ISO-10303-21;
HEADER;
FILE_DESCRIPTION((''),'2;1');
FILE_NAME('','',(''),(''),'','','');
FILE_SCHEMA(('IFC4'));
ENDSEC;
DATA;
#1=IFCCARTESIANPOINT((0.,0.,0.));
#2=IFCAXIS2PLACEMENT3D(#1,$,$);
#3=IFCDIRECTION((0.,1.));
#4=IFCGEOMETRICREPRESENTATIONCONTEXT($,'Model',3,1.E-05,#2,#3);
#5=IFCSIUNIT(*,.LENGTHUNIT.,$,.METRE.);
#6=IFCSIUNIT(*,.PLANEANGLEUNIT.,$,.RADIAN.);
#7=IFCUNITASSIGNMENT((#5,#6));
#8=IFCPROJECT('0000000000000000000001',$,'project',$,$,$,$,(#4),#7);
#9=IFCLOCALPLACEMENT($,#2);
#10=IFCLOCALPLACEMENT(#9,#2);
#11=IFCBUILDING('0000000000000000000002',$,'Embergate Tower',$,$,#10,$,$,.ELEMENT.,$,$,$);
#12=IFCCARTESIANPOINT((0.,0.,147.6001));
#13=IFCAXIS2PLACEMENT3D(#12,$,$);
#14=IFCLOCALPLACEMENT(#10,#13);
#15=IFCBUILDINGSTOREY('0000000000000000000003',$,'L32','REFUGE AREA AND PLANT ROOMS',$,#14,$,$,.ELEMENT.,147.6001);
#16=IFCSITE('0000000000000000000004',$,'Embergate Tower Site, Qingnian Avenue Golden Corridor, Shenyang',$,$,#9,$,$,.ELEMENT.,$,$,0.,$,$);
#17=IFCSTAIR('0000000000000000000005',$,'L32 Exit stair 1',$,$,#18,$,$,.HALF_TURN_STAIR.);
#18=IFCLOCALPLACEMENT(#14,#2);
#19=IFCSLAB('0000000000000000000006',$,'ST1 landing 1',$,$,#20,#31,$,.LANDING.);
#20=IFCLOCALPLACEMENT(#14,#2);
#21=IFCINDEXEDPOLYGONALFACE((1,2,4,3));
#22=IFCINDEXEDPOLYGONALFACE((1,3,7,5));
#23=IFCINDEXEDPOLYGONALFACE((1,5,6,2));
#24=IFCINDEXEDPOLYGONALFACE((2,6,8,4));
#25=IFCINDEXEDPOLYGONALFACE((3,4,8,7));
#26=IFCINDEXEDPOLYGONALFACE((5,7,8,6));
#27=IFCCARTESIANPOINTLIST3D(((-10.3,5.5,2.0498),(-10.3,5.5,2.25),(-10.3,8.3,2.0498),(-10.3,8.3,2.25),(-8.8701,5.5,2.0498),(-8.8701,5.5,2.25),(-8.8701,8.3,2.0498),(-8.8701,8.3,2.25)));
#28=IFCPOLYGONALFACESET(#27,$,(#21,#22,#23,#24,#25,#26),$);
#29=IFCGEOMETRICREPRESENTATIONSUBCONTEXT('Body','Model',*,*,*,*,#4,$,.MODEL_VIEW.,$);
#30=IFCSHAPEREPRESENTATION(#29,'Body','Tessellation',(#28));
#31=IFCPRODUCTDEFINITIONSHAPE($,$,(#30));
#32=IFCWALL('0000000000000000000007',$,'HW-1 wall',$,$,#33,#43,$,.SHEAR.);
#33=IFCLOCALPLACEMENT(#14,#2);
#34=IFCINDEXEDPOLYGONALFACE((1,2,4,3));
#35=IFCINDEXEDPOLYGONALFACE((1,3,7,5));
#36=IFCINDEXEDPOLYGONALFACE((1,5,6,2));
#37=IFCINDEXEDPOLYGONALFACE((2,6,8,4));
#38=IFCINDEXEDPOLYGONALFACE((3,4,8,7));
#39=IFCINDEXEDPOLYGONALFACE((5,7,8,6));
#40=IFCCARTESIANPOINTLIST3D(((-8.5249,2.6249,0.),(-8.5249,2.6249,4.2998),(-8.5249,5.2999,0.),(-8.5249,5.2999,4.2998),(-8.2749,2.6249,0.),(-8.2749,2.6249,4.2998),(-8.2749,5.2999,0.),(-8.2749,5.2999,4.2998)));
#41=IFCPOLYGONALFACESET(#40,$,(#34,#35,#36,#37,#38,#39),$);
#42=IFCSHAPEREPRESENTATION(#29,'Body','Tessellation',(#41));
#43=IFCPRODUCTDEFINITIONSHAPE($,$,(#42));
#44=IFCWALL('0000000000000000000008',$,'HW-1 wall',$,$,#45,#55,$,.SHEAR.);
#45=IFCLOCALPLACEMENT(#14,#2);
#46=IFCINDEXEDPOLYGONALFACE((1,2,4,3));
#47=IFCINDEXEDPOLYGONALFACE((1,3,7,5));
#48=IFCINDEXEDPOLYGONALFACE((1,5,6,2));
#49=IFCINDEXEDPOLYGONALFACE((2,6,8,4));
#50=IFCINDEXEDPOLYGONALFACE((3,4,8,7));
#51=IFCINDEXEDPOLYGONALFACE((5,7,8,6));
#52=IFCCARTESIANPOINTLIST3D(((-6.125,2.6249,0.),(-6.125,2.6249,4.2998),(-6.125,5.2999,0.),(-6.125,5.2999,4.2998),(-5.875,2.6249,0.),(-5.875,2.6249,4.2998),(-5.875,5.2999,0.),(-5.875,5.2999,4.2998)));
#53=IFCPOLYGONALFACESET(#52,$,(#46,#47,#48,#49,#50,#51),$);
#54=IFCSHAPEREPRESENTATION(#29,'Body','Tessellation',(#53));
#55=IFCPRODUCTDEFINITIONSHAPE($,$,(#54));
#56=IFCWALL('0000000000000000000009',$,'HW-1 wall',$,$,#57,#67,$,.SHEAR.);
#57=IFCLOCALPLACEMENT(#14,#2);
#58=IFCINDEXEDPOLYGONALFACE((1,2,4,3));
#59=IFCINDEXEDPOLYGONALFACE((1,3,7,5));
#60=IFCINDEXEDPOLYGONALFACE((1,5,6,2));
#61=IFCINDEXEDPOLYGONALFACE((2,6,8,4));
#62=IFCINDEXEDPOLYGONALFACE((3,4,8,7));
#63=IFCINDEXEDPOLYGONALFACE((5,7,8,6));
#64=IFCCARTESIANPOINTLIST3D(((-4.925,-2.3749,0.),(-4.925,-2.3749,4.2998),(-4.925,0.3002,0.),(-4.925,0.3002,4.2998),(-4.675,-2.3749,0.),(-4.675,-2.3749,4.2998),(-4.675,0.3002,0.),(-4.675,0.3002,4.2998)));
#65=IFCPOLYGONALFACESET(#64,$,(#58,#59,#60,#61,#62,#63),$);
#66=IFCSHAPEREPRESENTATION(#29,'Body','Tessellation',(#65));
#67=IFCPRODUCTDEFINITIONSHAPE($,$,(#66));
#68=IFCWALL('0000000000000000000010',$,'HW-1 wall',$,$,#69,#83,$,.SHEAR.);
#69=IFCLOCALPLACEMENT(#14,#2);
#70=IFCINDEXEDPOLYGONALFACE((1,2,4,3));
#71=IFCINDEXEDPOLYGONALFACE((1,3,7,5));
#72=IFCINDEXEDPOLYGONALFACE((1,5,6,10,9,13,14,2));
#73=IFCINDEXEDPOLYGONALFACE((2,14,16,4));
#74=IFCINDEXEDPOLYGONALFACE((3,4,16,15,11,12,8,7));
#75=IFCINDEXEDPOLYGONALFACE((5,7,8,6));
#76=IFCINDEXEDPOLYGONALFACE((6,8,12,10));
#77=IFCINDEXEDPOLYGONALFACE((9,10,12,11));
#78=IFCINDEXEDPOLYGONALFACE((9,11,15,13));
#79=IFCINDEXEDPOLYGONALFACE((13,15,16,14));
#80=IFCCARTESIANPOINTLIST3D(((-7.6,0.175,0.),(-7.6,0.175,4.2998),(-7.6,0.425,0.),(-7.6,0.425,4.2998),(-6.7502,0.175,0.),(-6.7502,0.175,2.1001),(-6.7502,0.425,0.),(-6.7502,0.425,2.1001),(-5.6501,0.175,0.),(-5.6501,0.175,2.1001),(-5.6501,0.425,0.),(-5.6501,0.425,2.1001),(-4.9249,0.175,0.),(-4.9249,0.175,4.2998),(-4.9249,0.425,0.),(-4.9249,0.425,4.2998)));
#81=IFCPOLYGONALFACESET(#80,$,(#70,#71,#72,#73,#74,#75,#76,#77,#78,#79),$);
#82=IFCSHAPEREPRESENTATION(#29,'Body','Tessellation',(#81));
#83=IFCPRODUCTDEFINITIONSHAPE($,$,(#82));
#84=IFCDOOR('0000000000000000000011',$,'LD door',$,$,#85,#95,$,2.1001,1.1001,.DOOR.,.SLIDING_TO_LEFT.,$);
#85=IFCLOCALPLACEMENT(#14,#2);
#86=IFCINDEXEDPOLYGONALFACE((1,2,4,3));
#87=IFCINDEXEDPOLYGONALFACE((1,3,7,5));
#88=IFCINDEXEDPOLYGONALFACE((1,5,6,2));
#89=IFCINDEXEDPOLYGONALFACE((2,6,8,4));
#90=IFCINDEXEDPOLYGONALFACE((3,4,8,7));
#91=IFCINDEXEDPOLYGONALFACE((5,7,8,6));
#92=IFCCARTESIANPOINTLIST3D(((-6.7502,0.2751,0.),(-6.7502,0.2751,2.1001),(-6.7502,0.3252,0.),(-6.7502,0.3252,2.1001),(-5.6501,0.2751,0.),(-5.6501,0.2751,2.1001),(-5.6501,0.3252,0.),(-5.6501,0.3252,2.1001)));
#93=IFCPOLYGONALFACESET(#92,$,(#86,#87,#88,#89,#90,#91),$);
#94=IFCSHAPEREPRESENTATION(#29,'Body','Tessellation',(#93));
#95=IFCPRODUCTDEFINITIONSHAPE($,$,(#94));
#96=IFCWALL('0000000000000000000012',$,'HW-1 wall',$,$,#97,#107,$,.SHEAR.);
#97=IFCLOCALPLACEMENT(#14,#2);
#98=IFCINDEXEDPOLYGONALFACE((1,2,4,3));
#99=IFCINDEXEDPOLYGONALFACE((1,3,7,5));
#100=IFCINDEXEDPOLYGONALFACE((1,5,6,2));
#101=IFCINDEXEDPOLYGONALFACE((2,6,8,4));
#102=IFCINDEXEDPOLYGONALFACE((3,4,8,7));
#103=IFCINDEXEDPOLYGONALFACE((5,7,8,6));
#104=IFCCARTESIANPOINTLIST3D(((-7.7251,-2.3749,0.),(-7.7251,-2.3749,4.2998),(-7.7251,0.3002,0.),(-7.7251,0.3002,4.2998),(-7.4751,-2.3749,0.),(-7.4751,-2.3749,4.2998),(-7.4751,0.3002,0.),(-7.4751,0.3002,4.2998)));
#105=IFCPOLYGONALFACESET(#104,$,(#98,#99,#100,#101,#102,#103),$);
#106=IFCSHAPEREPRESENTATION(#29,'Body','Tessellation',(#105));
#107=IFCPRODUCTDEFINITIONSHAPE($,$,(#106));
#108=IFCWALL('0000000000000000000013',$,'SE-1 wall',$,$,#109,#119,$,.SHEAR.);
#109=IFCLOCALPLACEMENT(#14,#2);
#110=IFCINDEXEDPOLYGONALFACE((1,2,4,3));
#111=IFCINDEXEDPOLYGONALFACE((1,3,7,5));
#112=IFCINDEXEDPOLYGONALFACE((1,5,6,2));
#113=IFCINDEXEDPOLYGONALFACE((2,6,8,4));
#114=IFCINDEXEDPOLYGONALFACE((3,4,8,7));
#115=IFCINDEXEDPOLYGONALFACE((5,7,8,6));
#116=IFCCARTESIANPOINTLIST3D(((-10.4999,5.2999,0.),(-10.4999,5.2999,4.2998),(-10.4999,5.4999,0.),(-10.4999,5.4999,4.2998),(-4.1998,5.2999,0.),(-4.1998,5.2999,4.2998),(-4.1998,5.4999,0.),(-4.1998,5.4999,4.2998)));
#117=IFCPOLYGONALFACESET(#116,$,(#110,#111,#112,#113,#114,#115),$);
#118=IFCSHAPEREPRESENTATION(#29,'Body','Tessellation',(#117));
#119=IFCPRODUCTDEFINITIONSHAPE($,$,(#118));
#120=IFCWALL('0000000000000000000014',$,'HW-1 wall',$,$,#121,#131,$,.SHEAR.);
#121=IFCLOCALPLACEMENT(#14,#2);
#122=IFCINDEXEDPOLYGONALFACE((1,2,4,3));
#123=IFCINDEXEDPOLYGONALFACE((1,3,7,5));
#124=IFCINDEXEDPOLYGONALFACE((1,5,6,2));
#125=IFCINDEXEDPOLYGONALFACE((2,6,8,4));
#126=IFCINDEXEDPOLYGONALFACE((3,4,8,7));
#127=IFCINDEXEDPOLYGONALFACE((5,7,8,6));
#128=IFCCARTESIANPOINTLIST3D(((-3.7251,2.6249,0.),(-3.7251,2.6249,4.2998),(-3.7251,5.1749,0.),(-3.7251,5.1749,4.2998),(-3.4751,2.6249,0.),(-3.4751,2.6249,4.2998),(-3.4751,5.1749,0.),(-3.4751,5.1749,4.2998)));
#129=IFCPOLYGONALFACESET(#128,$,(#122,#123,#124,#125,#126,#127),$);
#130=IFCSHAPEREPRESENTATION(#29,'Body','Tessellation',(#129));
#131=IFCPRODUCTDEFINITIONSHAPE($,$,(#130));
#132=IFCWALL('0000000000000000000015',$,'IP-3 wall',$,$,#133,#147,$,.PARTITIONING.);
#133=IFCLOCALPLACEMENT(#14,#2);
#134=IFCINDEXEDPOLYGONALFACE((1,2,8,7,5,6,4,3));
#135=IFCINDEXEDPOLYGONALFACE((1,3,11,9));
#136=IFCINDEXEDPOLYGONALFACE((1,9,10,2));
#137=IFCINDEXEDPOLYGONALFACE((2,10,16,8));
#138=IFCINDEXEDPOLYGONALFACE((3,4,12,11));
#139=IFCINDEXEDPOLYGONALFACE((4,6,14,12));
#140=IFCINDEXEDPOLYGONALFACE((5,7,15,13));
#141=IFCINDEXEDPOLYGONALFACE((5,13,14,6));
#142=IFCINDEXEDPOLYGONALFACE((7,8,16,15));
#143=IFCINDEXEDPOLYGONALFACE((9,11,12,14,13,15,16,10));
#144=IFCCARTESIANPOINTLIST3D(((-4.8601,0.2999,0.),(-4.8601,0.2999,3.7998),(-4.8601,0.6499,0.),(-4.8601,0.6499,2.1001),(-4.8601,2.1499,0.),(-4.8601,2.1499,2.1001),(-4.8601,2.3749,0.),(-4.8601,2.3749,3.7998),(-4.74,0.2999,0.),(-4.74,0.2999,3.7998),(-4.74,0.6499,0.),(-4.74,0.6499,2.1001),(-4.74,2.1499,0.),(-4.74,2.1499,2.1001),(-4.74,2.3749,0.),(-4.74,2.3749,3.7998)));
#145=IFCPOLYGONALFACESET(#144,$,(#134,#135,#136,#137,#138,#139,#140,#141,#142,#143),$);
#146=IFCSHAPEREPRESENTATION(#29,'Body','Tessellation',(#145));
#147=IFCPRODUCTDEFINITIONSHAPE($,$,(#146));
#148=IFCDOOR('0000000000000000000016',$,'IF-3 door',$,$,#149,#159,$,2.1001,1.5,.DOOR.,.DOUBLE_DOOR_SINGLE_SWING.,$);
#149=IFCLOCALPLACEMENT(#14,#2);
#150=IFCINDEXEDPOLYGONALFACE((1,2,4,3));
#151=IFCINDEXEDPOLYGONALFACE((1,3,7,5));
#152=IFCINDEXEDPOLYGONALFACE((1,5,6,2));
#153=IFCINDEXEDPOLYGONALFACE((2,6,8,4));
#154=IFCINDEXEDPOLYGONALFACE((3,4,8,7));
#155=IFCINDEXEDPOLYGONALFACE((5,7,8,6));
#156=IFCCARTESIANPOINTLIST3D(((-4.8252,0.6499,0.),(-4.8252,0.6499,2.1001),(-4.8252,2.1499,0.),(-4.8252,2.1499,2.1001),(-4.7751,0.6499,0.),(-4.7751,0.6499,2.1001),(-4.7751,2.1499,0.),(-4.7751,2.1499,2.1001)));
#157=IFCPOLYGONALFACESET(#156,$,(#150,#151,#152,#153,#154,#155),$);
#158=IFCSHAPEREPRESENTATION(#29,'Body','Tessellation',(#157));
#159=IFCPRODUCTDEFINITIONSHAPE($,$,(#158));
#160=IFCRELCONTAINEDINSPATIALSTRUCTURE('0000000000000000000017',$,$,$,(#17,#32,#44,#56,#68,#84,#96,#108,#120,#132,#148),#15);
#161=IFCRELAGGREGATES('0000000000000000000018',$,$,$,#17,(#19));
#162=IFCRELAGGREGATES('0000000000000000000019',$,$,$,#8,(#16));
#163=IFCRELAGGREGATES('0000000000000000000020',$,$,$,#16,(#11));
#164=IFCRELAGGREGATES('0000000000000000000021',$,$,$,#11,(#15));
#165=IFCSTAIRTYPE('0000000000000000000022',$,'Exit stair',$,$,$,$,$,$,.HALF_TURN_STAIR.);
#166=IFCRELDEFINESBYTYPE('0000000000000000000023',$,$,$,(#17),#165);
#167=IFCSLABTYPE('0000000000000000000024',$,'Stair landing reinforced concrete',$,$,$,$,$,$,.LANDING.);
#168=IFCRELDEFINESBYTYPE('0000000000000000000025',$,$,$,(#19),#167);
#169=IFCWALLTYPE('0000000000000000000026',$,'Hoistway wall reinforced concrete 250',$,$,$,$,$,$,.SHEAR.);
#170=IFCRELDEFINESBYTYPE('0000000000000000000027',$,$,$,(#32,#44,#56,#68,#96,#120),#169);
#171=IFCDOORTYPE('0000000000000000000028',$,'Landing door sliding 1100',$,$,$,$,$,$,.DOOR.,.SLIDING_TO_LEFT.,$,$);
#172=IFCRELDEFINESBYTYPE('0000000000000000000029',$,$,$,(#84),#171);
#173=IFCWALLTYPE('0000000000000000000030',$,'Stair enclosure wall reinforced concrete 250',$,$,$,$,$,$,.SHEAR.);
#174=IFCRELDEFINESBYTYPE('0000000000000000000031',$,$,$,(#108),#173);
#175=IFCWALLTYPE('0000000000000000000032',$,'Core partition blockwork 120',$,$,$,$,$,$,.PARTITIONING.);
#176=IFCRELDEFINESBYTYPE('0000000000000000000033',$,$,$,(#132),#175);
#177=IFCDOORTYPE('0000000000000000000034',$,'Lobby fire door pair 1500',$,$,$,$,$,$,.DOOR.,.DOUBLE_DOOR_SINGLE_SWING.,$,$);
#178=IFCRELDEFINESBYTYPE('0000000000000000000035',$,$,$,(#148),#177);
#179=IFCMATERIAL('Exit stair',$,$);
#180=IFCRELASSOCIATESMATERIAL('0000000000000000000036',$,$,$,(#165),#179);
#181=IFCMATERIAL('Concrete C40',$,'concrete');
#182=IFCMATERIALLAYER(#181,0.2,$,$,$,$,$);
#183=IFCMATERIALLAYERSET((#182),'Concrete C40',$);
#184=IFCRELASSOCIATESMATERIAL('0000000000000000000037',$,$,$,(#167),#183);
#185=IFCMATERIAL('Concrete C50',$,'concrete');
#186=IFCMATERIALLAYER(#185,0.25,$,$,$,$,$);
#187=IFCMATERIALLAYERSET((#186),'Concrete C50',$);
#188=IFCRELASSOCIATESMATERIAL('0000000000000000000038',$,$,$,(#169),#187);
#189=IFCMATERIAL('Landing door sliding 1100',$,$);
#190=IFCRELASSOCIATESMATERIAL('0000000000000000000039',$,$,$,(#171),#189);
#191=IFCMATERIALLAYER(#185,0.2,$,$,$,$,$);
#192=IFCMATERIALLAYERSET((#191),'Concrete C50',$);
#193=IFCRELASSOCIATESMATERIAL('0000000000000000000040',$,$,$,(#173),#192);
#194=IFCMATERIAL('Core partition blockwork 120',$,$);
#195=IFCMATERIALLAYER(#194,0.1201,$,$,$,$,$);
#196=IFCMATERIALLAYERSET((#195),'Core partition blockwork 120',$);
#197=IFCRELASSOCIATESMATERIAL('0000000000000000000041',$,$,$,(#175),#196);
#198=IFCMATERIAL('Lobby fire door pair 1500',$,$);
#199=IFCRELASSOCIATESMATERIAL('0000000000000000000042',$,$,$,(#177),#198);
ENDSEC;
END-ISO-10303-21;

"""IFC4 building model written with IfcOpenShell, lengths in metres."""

from ifc_helpers import new_model, si_unit, direction, frame, frame_2d, origin, place, context, subcontext, project, spatial, polyline, rectangle, outline, extrude, source, transform, mapped, material, layer, layer_set, type_object, element, fill, aggregate, save


model = new_model("IFC4")

# Units and contexts
model_context = context("Model", 3, precision=1e-05, world=origin(), true_north=direction((0.0, 1.0)))
body_context = subcontext(model_context, "Body", "Model", "MODEL_VIEW")
ifc_project = project(units=[si_unit("LENGTHUNIT", "METRE"), si_unit("PLANEANGLEUNIT", "RADIAN")], contexts=[model_context])

# Site, building, storey
site_placement = place(None, origin())
site = spatial("IfcSite", under=ifc_project, at=site_placement, Name="Embergate Tower Site, Qingnian Avenue Golden Corridor, Shenyang", CompositionType="ELEMENT", RefElevation=0.0)
building_placement = place(site_placement, origin())
building = spatial("IfcBuilding", under=site, at=building_placement, Name="Embergate Tower", CompositionType="ELEMENT")
storey_placement = place(building_placement, frame((0.0, 0.0, 147.6001)))
storey = spatial("IfcBuildingStorey", under=building, at=storey_placement, Name="L32", Description="REFUGE AREA AND PLANT ROOMS", CompositionType="ELEMENT", Elevation=147.6001)

# Stair, slab
ifc_material_1 = material(Name="Exit stair")
stair_type = type_object("IfcStairType", Name="Exit stair", PredefinedType="HALF_TURN_STAIR", material=ifc_material_1)
stair_placement = place(storey_placement, origin())
stair = element("IfcStair", 1, at=stair_placement, inside=storey, type_object=stair_type, Name="L32 Exit stair 1", PredefinedType="HALF_TURN_STAIR")
ifc_material_2 = material(Name="Concrete C40", Category="concrete")
ifc_layer_1 = layer(ifc_material_2, 0.2)
ifc_layer_set_1 = layer_set([ifc_layer_1], Name="Concrete C40")
slab_type = type_object("IfcSlabType", Name="Stair landing reinforced concrete", PredefinedType="LANDING", material=ifc_layer_set_1)
shared_shape_1 = source(origin(), body_context, "Body", "SweptSolid", [
    extrude(outline(polyline([(0.0, 0.0), (1.4299, 0.0), (1.4299, 2.8), (0.0, 2.8), (0.0, 0.0)])), origin(), (0.0, 0.0, 1.0), 0.2002),
])
slab_placement = place(storey_placement, frame((-10.3, 5.5, 2.0498)))
slab = element("IfcSlab", 2, at=slab_placement, type_object=slab_type, Name="ST1 landing 1", PredefinedType="LANDING", context=body_context, shape_type="MappedRepresentation", body=[
    mapped(shared_shape_1, transform((0.0, 0.0, 0.0))),
])

# Walls
ifc_material_3 = material(Name="Concrete C50", Category="concrete")
ifc_layer_2 = layer(ifc_material_3, 0.25)
ifc_layer_set_2 = layer_set([ifc_layer_2], Name="Concrete C50")
wall_type_1 = type_object("IfcWallType", Name="Hoistway wall reinforced concrete 250", PredefinedType="SHEAR", material=ifc_layer_set_2)
shared_shape_2 = source(origin(), body_context, "Body", "SweptSolid", [
    extrude(rectangle(XDim=2.675, YDim=0.25, at=frame_2d((1.3374, 0.0))), origin(), (0.0, 0.0, 1.0), 4.2998),
])
for number, where, z_axis, x_axis, name in (
    (3, (-8.3999, 2.625, 0.0), (0.0, 0.0, 1.0), (0.0, 1.0, 0.0), "HW-1 wall"),
    (4, (-6.0, 2.625, 0.0), (0.0, 0.0, 1.0), (0.0, 1.0, 0.0), "HW-1 wall"),
    (5, (-4.8, 0.3, 0.0), (0.0, 0.0, 1.0), (0.0, -1.0, 0.0), "HW-1 wall"),
):
    element("IfcWall", number, at=place(storey_placement, frame(where, z_axis=z_axis, x_axis=x_axis)), inside=storey, type_object=wall_type_1, Name=name, PredefinedType="SHEAR", context=body_context, shape_type="MappedRepresentation", body=[
        mapped(shared_shape_2, transform((0.0, 0.0, 0.0))),
    ])

# Wall, opening, door
wall_1_placement = place(storey_placement, frame((-4.925, 0.3, 0.0), z_axis=(0.0, 0.0, 1.0), x_axis=(-1.0, 0.0, 0.0)))
wall_1 = element("IfcWall", 6, at=wall_1_placement, inside=storey, type_object=wall_type_1, Name="HW-1 wall", PredefinedType="SHEAR", context=body_context, shape_type="MappedRepresentation", body=[
    mapped(shared_shape_2, transform((0.0, 0.0, 0.0))),
])
shared_shape_3 = source(origin(), body_context, "Body", "SweptSolid", [
    extrude(rectangle(XDim=1.1001, YDim=2.1001, at=frame_2d((0.55, 1.05))), frame((0.0, 0.135, 0.0), z_axis=(0.0, -1.0, 0.0), x_axis=(1.0, 0.0, 0.0)), (0.0, 0.0, 1.0), 0.27),
])
opening_1_placement = place(wall_1_placement, frame((0.7251, 0.0, 0.0)))
opening_1 = element("IfcOpeningElement", 7, at=opening_1_placement, cuts=wall_1, PredefinedType="OPENING", context=body_context, shape_type="MappedRepresentation", body=[
    mapped(shared_shape_3, transform((0.0, 0.0, 0.0))),
])
ifc_material_4 = material(Name="Landing door sliding 1100")
door_type_1 = type_object("IfcDoorType", Name="Landing door sliding 1100", OperationType="SLIDING_TO_LEFT", PredefinedType="DOOR", material=ifc_material_4)
shared_shape_4 = source(origin(), body_context, "Body", "SweptSolid", [
    extrude(rectangle(XDim=1.1001, YDim=2.1001, at=frame_2d((0.55, 1.05))), frame((0.0, 0.0249, 0.0), z_axis=(0.0, -1.0, 0.0), x_axis=(1.0, 0.0, 0.0)), (0.0, 0.0, 1.0), 0.05),
])
door_1_placement = place(opening_1_placement, origin())
door_1 = element("IfcDoor", 8, at=door_1_placement, inside=storey, type_object=door_type_1, Name="LD door", OperationType="SLIDING_TO_LEFT", OverallHeight=2.1001, OverallWidth=1.1001, PredefinedType="DOOR", context=body_context, shape_type="MappedRepresentation", body=[
    mapped(shared_shape_4, transform((0.0, 0.0, 0.0))),
])
fill(opening_1, door_1)

# Walls
wall_2_placement = place(storey_placement, frame((-7.6001, 0.3, 0.0), z_axis=(0.0, 0.0, 1.0), x_axis=(0.0, -1.0, 0.0)))
element("IfcWall", 9, at=wall_2_placement, inside=storey, type_object=wall_type_1, Name="HW-1 wall", PredefinedType="SHEAR", context=body_context, shape_type="MappedRepresentation", body=[
    mapped(shared_shape_2, transform((0.0, 0.0, 0.0))),
])
ifc_layer_3 = layer(ifc_material_3, 0.2)
ifc_layer_set_3 = layer_set([ifc_layer_3], Name="Concrete C50")
wall_type_2 = type_object("IfcWallType", Name="Stair enclosure wall reinforced concrete 250", PredefinedType="SHEAR", material=ifc_layer_set_3)
shared_shape_5 = source(origin(), body_context, "Body", "SweptSolid", [
    extrude(rectangle(XDim=6.3, YDim=0.2, at=frame_2d((3.1499, 0.0))), origin(), (0.0, 0.0, 1.0), 4.2998),
])
wall_3_placement = place(storey_placement, frame((-4.2, 5.3999, 0.0), z_axis=(0.0, 0.0, 1.0), x_axis=(-1.0, 0.0, 0.0)))
element("IfcWall", 10, at=wall_3_placement, inside=storey, type_object=wall_type_2, Name="SE-1 wall", PredefinedType="SHEAR", context=body_context, shape_type="MappedRepresentation", body=[
    mapped(shared_shape_5, transform((0.0, 0.0, 0.0))),
])
shared_shape_6 = source(origin(), body_context, "Body", "SweptSolid", [
    extrude(rectangle(XDim=2.55, YDim=0.25, at=frame_2d((1.2749, 0.0))), origin(), (0.0, 0.0, 1.0), 4.2998),
])
wall_4_placement = place(storey_placement, frame((-3.6001, 2.625, 0.0), z_axis=(0.0, 0.0, 1.0), x_axis=(0.0, 1.0, 0.0)))
element("IfcWall", 11, at=wall_4_placement, inside=storey, type_object=wall_type_1, Name="HW-1 wall", PredefinedType="SHEAR", context=body_context, shape_type="MappedRepresentation", body=[
    mapped(shared_shape_6, transform((0.0, 0.0, 0.0))),
])

# Wall, opening, door
ifc_material_5 = material(Name="Core partition blockwork 120")
ifc_layer_4 = layer(ifc_material_5, 0.1201)
ifc_layer_set_4 = layer_set([ifc_layer_4], Name="Core partition blockwork 120")
wall_type_3 = type_object("IfcWallType", Name="Core partition blockwork 120", PredefinedType="PARTITIONING", material=ifc_layer_set_4)
shared_shape_7 = source(origin(), body_context, "Body", "SweptSolid", [
    extrude(rectangle(XDim=2.075, YDim=0.1201, at=frame_2d((1.0376, 0.0))), origin(), (0.0, 0.0, 1.0), 3.7998),
])
wall_5_placement = place(storey_placement, frame((-4.8, 2.375, 0.0), z_axis=(0.0, 0.0, 1.0), x_axis=(0.0, -1.0, 0.0)))
wall_5 = element("IfcWall", 12, at=wall_5_placement, inside=storey, type_object=wall_type_3, Name="IP-3 wall", PredefinedType="PARTITIONING", context=body_context, shape_type="MappedRepresentation", body=[
    mapped(shared_shape_7, transform((0.0, 0.0, 0.0))),
])
shared_shape_8 = source(origin(), body_context, "Body", "SweptSolid", [
    extrude(rectangle(XDim=1.5, YDim=2.1001, at=frame_2d((0.75, 1.05))), frame((0.0, 0.0701, 0.0), z_axis=(0.0, -1.0, 0.0), x_axis=(1.0, 0.0, 0.0)), (0.0, 0.0, 1.0), 0.1401),
])
opening_2_placement = place(wall_5_placement, frame((0.2251, 0.0, 0.0)))
opening_2 = element("IfcOpeningElement", 13, at=opening_2_placement, cuts=wall_5, PredefinedType="OPENING", context=body_context, shape_type="MappedRepresentation", body=[
    mapped(shared_shape_8, transform((0.0, 0.0, 0.0))),
])
ifc_material_6 = material(Name="Lobby fire door pair 1500")
door_type_2 = type_object("IfcDoorType", Name="Lobby fire door pair 1500", OperationType="DOUBLE_DOOR_SINGLE_SWING", PredefinedType="DOOR", material=ifc_material_6)
shared_shape_9 = source(origin(), body_context, "Body", "SweptSolid", [
    extrude(rectangle(XDim=1.5, YDim=2.1001, at=frame_2d((0.75, 1.05))), frame((0.0, 0.0249, 0.0), z_axis=(0.0, -1.0, 0.0), x_axis=(1.0, 0.0, 0.0)), (0.0, 0.0, 1.0), 0.05),
])
door_2_placement = place(opening_2_placement, origin())
door_2 = element("IfcDoor", 14, at=door_2_placement, inside=storey, type_object=door_type_2, Name="IF-3 door", OperationType="DOUBLE_DOOR_SINGLE_SWING", OverallHeight=2.1001, OverallWidth=1.5, PredefinedType="DOOR", context=body_context, shape_type="MappedRepresentation", body=[
    mapped(shared_shape_9, transform((0.0, 0.0, 0.0))),
])
fill(opening_2, door_2)

aggregate(stair, [slab])

save(model, "model.ifc")
